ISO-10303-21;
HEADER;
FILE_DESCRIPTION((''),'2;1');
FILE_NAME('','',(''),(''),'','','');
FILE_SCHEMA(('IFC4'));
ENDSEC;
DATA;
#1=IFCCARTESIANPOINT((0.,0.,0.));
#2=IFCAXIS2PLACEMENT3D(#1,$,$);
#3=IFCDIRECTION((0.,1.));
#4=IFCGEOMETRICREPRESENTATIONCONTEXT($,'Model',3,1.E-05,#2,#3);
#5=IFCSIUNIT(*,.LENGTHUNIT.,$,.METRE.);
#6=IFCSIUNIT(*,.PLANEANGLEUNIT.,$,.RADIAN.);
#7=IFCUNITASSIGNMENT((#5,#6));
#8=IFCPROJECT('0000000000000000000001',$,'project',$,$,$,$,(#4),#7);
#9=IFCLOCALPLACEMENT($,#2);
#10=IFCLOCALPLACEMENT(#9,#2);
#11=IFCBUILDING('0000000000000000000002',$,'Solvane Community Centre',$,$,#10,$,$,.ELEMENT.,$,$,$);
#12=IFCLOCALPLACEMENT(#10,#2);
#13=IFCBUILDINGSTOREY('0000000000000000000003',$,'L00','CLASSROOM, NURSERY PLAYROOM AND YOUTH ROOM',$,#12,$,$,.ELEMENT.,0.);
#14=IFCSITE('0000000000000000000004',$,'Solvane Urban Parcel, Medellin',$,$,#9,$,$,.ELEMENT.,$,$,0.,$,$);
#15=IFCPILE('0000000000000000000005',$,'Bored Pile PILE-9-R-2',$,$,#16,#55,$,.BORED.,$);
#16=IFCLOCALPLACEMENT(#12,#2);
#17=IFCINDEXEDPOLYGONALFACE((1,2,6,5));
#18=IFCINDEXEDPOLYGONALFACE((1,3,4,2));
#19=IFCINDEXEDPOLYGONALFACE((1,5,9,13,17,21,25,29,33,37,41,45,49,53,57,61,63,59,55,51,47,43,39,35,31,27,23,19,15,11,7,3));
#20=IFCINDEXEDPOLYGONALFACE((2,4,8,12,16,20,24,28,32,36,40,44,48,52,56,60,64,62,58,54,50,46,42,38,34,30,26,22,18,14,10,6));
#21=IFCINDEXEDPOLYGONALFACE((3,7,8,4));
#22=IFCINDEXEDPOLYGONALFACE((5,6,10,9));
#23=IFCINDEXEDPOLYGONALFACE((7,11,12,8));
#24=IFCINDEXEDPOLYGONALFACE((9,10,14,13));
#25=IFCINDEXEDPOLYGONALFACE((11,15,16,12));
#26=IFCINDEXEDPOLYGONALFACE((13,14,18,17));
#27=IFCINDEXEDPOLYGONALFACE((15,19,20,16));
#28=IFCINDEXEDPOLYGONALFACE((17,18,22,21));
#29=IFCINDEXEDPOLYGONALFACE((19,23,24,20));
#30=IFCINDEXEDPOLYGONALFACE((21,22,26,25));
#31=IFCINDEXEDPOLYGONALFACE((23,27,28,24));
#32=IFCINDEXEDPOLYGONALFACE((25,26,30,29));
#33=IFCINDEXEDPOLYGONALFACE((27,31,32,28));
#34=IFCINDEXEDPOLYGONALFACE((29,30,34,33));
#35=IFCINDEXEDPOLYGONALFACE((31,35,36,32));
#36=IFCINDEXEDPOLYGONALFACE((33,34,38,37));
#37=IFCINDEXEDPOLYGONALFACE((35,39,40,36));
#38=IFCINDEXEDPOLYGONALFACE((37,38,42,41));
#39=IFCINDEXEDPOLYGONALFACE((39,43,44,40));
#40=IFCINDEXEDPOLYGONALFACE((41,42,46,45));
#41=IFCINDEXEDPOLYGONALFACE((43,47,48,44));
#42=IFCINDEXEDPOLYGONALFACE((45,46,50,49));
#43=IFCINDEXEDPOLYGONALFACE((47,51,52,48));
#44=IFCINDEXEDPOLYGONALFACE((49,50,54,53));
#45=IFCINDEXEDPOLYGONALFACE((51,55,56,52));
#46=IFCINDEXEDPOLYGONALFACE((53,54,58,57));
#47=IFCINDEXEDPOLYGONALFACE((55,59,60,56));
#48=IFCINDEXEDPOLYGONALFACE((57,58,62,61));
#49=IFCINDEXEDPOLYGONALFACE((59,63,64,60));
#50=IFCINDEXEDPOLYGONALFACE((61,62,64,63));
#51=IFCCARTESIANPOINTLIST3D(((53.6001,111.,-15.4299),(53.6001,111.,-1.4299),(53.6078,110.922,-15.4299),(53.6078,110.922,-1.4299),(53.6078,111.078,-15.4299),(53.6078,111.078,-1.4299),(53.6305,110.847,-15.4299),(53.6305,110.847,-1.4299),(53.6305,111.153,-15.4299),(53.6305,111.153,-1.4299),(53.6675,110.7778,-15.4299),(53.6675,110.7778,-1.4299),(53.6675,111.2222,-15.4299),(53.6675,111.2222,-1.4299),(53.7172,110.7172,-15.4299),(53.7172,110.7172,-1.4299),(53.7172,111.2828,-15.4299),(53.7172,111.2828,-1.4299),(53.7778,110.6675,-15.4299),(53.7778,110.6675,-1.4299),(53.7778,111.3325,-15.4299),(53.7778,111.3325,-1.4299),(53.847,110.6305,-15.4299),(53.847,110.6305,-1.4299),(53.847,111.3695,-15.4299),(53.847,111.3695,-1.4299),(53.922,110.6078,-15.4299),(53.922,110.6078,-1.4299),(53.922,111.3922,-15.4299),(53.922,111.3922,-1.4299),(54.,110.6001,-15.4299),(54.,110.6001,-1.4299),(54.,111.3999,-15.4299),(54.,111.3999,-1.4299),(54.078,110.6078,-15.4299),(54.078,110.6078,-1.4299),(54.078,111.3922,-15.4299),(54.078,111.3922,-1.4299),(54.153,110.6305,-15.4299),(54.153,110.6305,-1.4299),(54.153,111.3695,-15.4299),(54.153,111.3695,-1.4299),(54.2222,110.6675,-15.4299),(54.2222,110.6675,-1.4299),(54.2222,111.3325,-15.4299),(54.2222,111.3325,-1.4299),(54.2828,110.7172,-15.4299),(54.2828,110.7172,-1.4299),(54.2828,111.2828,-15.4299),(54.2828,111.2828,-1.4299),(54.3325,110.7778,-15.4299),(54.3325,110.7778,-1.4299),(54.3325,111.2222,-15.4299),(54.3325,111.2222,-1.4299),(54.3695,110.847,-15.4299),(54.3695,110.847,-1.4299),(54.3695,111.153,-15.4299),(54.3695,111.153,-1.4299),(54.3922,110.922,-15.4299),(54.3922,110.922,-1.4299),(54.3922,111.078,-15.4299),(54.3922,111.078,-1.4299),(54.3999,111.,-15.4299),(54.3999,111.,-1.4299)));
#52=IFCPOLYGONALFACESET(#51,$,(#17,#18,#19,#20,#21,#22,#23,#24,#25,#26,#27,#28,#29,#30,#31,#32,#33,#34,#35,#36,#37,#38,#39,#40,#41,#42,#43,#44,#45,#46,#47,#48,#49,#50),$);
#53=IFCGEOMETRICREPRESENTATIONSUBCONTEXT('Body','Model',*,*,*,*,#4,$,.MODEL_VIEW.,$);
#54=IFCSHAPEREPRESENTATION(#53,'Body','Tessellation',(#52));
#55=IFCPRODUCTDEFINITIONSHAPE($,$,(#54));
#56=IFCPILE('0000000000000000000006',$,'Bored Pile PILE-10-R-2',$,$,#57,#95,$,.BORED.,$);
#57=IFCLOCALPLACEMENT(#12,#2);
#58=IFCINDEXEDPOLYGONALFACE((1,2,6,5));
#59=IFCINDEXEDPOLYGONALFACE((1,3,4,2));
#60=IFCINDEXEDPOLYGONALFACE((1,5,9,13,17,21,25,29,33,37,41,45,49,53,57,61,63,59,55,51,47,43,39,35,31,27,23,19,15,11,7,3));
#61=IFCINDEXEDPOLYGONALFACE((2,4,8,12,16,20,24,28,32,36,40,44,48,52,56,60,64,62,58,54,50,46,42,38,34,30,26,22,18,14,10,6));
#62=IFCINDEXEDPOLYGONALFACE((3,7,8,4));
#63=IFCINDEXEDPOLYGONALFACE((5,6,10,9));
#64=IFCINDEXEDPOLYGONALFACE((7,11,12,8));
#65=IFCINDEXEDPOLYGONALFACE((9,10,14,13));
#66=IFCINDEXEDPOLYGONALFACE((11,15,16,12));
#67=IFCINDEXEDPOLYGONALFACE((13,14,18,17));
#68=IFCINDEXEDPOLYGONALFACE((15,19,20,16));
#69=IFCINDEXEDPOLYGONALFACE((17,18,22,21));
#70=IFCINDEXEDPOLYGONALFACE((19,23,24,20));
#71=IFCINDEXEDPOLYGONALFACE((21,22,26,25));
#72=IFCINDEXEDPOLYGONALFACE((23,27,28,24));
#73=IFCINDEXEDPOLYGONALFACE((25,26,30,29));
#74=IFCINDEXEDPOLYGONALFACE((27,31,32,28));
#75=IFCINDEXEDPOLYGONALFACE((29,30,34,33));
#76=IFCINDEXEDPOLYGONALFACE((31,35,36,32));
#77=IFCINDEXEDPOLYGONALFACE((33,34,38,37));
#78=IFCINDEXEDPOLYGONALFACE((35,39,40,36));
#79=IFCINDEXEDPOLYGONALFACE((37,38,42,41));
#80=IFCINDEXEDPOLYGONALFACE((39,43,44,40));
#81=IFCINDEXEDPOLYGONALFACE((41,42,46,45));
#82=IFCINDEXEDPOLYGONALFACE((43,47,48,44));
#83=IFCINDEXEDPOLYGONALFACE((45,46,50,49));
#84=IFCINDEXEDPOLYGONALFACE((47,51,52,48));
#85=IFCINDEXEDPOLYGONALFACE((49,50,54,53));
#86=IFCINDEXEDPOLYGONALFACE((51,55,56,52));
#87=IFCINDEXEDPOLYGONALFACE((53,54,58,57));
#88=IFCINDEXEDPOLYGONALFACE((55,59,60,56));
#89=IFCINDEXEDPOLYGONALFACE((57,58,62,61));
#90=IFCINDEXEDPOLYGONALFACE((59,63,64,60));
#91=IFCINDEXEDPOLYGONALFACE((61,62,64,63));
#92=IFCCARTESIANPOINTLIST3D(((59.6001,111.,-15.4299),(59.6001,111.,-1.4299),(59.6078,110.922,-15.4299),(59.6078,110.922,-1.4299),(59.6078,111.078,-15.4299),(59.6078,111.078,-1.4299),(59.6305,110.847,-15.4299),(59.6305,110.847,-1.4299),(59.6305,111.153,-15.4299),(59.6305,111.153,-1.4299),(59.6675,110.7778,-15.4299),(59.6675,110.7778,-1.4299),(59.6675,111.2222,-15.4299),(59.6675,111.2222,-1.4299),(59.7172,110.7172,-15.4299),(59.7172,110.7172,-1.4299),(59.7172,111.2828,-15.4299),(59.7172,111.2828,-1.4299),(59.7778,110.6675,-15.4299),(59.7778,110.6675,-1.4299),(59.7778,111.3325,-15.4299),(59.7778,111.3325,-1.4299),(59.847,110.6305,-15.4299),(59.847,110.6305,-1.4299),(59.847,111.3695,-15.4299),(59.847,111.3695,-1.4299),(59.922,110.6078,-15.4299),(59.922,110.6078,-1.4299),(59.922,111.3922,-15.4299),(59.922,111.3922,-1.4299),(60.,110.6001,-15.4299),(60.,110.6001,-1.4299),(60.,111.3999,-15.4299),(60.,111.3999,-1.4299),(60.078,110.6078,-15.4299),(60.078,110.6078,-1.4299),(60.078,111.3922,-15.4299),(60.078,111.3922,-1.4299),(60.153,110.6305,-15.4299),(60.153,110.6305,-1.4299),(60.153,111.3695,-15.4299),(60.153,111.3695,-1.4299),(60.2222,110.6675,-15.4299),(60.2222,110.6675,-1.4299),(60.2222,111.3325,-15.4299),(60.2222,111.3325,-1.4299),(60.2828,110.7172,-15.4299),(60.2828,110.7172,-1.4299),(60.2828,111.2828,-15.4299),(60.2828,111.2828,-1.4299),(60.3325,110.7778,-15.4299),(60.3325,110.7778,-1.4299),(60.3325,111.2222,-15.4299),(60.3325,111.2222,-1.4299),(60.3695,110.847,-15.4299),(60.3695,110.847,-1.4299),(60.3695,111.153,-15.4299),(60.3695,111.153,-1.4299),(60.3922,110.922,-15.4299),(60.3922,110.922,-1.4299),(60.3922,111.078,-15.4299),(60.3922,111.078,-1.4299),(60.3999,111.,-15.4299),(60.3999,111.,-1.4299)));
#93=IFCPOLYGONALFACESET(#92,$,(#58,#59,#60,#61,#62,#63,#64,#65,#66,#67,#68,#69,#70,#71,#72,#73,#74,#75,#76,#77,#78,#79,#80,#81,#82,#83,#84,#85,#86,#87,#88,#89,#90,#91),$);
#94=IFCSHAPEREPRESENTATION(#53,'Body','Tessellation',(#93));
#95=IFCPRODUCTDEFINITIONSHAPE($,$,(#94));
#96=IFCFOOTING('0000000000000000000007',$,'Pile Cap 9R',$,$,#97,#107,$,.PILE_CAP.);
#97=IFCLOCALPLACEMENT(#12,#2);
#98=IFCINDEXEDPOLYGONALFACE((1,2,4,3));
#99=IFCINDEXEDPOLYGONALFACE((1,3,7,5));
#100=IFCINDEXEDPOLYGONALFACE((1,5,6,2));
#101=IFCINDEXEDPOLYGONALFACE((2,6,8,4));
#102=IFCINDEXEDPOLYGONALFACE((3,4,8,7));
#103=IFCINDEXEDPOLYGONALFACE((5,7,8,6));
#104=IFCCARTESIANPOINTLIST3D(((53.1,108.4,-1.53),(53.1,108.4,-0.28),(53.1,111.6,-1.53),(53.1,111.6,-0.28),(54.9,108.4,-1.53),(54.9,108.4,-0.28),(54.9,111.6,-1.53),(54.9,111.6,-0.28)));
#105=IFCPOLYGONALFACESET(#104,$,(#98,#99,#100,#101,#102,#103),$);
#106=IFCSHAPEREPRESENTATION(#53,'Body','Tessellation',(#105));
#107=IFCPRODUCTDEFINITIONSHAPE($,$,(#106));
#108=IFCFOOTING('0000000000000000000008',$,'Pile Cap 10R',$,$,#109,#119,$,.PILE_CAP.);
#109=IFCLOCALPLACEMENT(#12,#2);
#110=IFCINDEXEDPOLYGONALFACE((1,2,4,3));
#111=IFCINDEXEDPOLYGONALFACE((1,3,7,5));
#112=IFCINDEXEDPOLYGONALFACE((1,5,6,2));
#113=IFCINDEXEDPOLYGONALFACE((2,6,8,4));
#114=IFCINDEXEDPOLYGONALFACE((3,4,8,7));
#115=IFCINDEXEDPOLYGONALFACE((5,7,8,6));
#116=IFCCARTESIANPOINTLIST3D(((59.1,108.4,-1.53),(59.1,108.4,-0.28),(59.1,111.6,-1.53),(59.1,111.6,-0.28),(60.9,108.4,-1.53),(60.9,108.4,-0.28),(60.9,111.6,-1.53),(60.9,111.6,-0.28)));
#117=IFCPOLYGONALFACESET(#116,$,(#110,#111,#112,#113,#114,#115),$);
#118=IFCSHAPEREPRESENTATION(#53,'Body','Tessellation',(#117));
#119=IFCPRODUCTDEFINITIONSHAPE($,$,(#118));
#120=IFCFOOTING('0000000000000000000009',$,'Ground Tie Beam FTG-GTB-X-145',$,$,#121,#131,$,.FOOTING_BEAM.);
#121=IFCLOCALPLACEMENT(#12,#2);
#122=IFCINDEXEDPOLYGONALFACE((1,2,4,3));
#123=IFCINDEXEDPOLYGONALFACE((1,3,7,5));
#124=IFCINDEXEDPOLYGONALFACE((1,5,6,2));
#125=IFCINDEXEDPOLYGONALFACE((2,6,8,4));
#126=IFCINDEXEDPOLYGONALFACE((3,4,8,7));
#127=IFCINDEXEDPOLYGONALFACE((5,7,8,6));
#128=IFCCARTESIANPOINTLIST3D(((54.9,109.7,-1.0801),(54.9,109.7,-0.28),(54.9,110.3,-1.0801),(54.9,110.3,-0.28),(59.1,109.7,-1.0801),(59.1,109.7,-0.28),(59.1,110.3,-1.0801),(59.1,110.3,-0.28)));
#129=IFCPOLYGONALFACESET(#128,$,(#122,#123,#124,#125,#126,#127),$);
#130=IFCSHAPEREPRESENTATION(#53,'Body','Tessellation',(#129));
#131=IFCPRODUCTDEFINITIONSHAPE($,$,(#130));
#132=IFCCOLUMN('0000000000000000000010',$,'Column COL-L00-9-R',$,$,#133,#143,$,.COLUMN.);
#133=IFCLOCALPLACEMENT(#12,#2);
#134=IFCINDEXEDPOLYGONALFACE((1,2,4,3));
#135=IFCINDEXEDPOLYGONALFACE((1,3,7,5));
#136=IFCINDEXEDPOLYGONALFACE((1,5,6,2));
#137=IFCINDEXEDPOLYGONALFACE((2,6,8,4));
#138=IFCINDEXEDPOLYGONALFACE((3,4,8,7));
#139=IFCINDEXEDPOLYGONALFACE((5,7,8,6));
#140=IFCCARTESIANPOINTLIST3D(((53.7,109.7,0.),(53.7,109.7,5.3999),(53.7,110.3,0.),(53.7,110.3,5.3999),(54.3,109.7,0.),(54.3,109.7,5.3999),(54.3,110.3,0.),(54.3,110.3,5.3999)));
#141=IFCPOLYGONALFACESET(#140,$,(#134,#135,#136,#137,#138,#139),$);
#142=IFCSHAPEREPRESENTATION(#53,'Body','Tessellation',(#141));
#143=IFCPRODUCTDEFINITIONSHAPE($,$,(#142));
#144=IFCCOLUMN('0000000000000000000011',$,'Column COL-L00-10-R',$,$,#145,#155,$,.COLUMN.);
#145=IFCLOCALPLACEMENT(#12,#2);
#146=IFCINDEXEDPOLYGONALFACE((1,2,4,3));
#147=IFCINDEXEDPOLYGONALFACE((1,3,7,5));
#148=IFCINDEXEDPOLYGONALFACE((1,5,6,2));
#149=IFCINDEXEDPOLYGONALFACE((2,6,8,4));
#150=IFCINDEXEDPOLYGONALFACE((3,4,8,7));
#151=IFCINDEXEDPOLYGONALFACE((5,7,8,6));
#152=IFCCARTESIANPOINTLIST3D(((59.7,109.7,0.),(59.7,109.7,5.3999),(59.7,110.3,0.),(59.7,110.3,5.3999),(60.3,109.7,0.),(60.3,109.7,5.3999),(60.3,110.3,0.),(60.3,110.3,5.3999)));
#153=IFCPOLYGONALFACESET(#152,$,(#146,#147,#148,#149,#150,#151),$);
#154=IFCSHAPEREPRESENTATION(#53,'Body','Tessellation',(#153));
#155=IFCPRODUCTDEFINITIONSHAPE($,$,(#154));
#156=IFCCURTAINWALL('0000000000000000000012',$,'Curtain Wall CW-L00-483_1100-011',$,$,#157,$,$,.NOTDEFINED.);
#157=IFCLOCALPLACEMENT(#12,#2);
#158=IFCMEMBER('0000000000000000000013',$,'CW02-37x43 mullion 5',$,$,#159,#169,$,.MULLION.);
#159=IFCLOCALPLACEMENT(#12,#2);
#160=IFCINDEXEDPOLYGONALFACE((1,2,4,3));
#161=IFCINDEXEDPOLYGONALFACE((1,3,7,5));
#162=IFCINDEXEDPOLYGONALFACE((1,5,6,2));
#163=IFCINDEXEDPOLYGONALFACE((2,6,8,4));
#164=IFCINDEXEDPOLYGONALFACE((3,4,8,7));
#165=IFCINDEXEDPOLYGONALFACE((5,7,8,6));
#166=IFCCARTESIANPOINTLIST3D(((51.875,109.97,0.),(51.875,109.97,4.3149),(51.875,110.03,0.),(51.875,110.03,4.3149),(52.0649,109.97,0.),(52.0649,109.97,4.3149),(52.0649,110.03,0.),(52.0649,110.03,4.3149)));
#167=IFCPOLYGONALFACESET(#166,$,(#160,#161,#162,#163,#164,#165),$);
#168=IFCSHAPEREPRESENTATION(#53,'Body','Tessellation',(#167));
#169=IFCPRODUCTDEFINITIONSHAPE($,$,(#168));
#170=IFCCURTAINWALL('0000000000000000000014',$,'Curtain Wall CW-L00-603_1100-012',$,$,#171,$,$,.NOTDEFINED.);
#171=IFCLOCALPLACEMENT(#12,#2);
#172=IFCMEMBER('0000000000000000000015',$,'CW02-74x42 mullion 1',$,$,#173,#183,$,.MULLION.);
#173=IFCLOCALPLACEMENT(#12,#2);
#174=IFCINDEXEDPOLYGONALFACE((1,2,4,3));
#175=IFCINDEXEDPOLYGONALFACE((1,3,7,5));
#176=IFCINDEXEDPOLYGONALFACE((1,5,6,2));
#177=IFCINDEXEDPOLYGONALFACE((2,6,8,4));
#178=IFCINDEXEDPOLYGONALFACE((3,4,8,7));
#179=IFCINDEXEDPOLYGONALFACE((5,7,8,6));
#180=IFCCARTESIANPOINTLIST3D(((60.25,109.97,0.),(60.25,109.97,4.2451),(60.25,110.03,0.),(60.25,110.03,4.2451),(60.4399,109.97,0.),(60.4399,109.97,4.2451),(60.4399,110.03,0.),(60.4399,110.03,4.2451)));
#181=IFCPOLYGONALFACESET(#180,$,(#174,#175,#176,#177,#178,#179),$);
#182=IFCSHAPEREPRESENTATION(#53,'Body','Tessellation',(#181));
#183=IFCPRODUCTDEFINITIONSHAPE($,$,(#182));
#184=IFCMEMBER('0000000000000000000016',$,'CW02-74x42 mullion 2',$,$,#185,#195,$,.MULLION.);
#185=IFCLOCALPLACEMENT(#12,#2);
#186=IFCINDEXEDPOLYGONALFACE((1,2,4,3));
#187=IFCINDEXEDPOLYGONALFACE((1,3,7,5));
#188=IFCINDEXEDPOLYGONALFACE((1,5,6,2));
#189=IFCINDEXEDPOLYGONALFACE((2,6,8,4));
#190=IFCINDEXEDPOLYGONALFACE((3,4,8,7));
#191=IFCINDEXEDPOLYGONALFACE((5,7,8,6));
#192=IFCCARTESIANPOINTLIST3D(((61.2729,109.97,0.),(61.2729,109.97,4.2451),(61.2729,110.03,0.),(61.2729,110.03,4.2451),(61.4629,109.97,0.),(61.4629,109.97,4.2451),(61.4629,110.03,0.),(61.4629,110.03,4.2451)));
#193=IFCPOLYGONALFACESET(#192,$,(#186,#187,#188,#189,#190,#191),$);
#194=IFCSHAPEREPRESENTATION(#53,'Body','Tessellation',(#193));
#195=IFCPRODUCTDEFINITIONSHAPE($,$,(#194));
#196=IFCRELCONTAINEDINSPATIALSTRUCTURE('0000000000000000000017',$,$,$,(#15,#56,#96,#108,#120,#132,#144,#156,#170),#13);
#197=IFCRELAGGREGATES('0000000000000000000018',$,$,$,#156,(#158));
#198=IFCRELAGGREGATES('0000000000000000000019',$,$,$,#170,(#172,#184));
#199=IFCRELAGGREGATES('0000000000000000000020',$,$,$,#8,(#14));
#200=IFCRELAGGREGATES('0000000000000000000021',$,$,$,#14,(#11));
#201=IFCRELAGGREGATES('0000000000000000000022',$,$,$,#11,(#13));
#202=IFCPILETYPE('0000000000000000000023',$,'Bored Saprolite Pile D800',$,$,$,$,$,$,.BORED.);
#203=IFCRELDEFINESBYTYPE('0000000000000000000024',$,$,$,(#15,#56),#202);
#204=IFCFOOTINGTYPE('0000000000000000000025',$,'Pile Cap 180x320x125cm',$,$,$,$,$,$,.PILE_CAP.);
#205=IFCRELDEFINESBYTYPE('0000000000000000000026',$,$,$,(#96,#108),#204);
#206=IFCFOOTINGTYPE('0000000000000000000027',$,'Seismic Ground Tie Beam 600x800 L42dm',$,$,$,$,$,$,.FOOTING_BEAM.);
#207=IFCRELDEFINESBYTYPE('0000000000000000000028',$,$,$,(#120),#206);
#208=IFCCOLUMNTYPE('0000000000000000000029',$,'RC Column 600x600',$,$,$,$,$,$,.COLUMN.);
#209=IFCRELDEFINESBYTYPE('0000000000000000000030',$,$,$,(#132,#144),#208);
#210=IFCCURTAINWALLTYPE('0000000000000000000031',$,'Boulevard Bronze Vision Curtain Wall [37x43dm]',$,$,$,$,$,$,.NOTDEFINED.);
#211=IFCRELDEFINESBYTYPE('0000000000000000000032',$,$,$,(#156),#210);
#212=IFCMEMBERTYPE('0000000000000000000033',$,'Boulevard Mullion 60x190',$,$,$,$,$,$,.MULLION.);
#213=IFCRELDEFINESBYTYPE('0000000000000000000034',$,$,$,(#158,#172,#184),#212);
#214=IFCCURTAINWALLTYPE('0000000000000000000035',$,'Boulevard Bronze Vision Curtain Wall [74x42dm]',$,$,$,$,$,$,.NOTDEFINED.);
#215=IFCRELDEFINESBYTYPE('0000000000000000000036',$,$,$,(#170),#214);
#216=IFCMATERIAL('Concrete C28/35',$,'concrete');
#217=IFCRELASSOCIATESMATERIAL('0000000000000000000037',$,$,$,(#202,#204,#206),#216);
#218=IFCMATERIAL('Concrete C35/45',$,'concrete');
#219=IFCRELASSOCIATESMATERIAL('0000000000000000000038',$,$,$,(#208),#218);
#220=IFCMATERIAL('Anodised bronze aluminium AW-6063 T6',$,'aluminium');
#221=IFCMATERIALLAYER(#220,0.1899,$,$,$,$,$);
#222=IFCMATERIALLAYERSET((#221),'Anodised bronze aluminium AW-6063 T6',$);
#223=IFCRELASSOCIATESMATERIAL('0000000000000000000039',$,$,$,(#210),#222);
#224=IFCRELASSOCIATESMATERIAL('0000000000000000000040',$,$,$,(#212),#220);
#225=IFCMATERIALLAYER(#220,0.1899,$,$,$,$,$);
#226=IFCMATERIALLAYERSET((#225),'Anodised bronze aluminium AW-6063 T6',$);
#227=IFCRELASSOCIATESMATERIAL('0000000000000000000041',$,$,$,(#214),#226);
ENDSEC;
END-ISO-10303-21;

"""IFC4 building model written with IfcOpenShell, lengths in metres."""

from ifc_helpers import new_model, si_unit, direction, frame, origin, origin_2d, place, context, subcontext, project, spatial, rectangle, circle, extrude, material, layer, layer_set, material_profile, profile_set, type_object, element, aggregate, save


model = new_model("IFC4")

# Units and contexts
model_context = context("Model", 3, precision=1e-05, world=origin(), true_north=direction((0.0, 1.0)))
body_context = subcontext(model_context, "Body", "Model", "MODEL_VIEW")
ifc_project = project(units=[si_unit("LENGTHUNIT", "METRE"), si_unit("PLANEANGLEUNIT", "RADIAN")], contexts=[model_context])

# Site, building, storey
site_placement = place(None, origin())
site = spatial("IfcSite", under=ifc_project, at=site_placement, Name="Solvane Urban Parcel, Medellin", CompositionType="ELEMENT", RefElevation=0.0)
building_placement = place(site_placement, origin())
building = spatial("IfcBuilding", under=site, at=building_placement, Name="Solvane Community Centre", CompositionType="ELEMENT")
storey_placement = place(building_placement, origin())
storey = spatial("IfcBuildingStorey", under=building, at=storey_placement, Name="L00", Description="CLASSROOM, NURSERY PLAYROOM AND YOUTH ROOM", CompositionType="ELEMENT", Elevation=0.0)

# Piles
ifc_material_1 = material(Name="Concrete C28/35", Category="concrete")
ifc_material_profile_1 = material_profile(ifc_material_1, circle(Radius=0.3999, at=origin_2d()), Name="PILE D800")
ifc_profile_set_1 = profile_set([ifc_material_profile_1], Name="Concrete C28/35")
pile_type = type_object("IfcPileType", Name="Bored Saprolite Pile D800", PredefinedType="BORED", material=ifc_profile_set_1)
for number, where, z_axis, x_axis, name in (
    (1, (54.0, 111.0, -1.4299), (0.0, 0.0, -1.0), (1.0, 0.0, 0.0), "Bored Pile PILE-9-R-2"),
    (2, (60.0, 111.0, -1.4299), (0.0, 0.0, -1.0), (1.0, 0.0, 0.0), "Bored Pile PILE-10-R-2"),
):
    element("IfcPile", number, at=place(storey_placement, frame(where, z_axis=z_axis, x_axis=x_axis)), inside=storey, type_object=pile_type, Name=name, PredefinedType="BORED", context=body_context, shape_type="SweptSolid", body=[
        extrude(circle(Radius=0.3999, at=origin_2d()), origin(), (0.0, 0.0, 1.0), 14.0),
    ])

# Footings
footing_type_1 = type_object("IfcFootingType", Name="Pile Cap 180x320x125cm", PredefinedType="PILE_CAP", material=ifc_material_1)
for number, where, z_axis, x_axis, name in (
    (3, (54.0, 110.0, -1.53), (0.0, 0.0, 1.0), (1.0, 0.0, 0.0), "Pile Cap 9R"),
    (4, (60.0, 110.0, -1.53), (0.0, 0.0, 1.0), (1.0, 0.0, 0.0), "Pile Cap 10R"),
):
    element("IfcFooting", number, at=place(storey_placement, frame(where, z_axis=z_axis, x_axis=x_axis)), inside=storey, type_object=footing_type_1, Name=name, PredefinedType="PILE_CAP", context=body_context, shape_type="SweptSolid", body=[
        extrude(rectangle(XDim=1.8, YDim=3.2, at=origin_2d()), origin(), (0.0, 0.0, 1.0), 1.25),
    ])
footing_type_2 = type_object("IfcFootingType", Name="Seismic Ground Tie Beam 600x800 L42dm", PredefinedType="FOOTING_BEAM", material=ifc_material_1)
footing_placement = place(storey_placement, frame((57.0, 110.0, -1.0801), z_axis=(0.0, 0.0, 1.0), x_axis=(1.0, 0.0, 0.0)))
element("IfcFooting", 5, at=footing_placement, inside=storey, type_object=footing_type_2, Name="Ground Tie Beam FTG-GTB-X-145", PredefinedType="FOOTING_BEAM", context=body_context, shape_type="SweptSolid", body=[
    extrude(rectangle(XDim=4.2, YDim=0.6001, at=origin_2d()), origin(), (0.0, 0.0, 1.0), 0.8),
])

# Columns
ifc_material_2 = material(Name="Concrete C35/45", Category="concrete")
ifc_material_profile_2 = material_profile(ifc_material_2, rectangle(XDim=0.6001, YDim=0.6001, at=origin_2d()), Name="RC 600x600")
ifc_profile_set_2 = profile_set([ifc_material_profile_2], Name="Concrete C35/45")
column_type = type_object("IfcColumnType", Name="RC Column 600x600", PredefinedType="COLUMN", material=ifc_profile_set_2)
for number, where, z_axis, x_axis, name in (
    (6, (54.0, 110.0, 0.0), (0.0, 0.0, 1.0), (1.0, 0.0, 0.0), "Column COL-L00-9-R"),
    (7, (60.0, 110.0, 0.0), (0.0, 0.0, 1.0), (1.0, 0.0, 0.0), "Column COL-L00-10-R"),
):
    element("IfcColumn", number, at=place(storey_placement, frame(where, z_axis=z_axis, x_axis=x_axis)), inside=storey, type_object=column_type, Name=name, PredefinedType="COLUMN", context=body_context, shape_type="SweptSolid", body=[
        extrude(rectangle(XDim=0.6001, YDim=0.6001, at=origin_2d()), origin(), (0.0, 0.0, 1.0), 5.3999),
    ])

# Curtain wall, member
ifc_material_3 = material(Name="Anodised bronze aluminium AW-6063 T6", Category="aluminium")
ifc_layer_1 = layer(ifc_material_3, 0.1899)
ifc_layer_set_1 = layer_set([ifc_layer_1], Name="Anodised bronze aluminium AW-6063 T6")
curtain_wall_type_1 = type_object("IfcCurtainWallType", Name="Boulevard Bronze Vision Curtain Wall [37x43dm]", PredefinedType="NOTDEFINED", material=ifc_layer_set_1)
curtain_wall_1_placement = place(storey_placement, origin())
curtain_wall_1 = element("IfcCurtainWall", 8, at=curtain_wall_1_placement, inside=storey, type_object=curtain_wall_type_1, Name="Curtain Wall CW-L00-483_1100-011", PredefinedType="NOTDEFINED")
ifc_material_profile_3 = material_profile(ifc_material_3, rectangle(XDim=0.0601, YDim=0.1899, at=origin_2d()), Name="CW-M 60x190")
ifc_profile_set_3 = profile_set([ifc_material_profile_3], Name="Anodised bronze aluminium AW-6063 T6")
member_type_1 = type_object("IfcMemberType", Name="Boulevard Mullion 60x190", PredefinedType="MULLION", material=ifc_profile_set_3)
member_1_placement = place(storey_placement, frame((51.97, 110.0, 0.0), z_axis=(0.0, 0.0, 1.0), x_axis=(0.0, 1.0, 0.0)))
member_1 = element("IfcMember", 9, at=member_1_placement, type_object=member_type_1, Name="CW02-37x43 mullion 5", PredefinedType="MULLION", context=body_context, shape_type="SweptSolid", body=[
    extrude(rectangle(XDim=0.0601, YDim=0.1899, at=origin_2d()), origin(), (0.0, 0.0, 1.0), 4.3149),
])
aggregate(curtain_wall_1, [member_1])

# Curtain wall, members
ifc_layer_2 = layer(ifc_material_3, 0.1899)
ifc_layer_set_2 = layer_set([ifc_layer_2], Name="Anodised bronze aluminium AW-6063 T6")
curtain_wall_type_2 = type_object("IfcCurtainWallType", Name="Boulevard Bronze Vision Curtain Wall [74x42dm]", PredefinedType="NOTDEFINED", material=ifc_layer_set_2)
curtain_wall_2_placement = place(storey_placement, origin())
curtain_wall_2 = element("IfcCurtainWall", 10, at=curtain_wall_2_placement, inside=storey, type_object=curtain_wall_type_2, Name="Curtain Wall CW-L00-603_1100-012", PredefinedType="NOTDEFINED")
member_2_placement = place(storey_placement, frame((60.345, 110.0, 0.0), z_axis=(0.0, 0.0, 1.0), x_axis=(0.0, 1.0, 0.0)))
member_2 = element("IfcMember", 11, at=member_2_placement, type_object=member_type_1, Name="CW02-74x42 mullion 1", PredefinedType="MULLION", context=body_context, shape_type="SweptSolid", body=[
    extrude(rectangle(XDim=0.0601, YDim=0.1899, at=origin_2d()), origin(), (0.0, 0.0, 1.0), 4.2451),
])
member_3_placement = place(storey_placement, frame((61.3679, 110.0, 0.0), z_axis=(0.0, 0.0, 1.0), x_axis=(0.0, 1.0, 0.0)))
member_3 = element("IfcMember", 12, at=member_3_placement, type_object=member_type_1, Name="CW02-74x42 mullion 2", PredefinedType="MULLION", context=body_context, shape_type="SweptSolid", body=[
    extrude(rectangle(XDim=0.0601, YDim=0.1899, at=origin_2d()), origin(), (0.0, 0.0, 1.0), 4.2451),
])

aggregate(curtain_wall_2, [member_2, member_3])

save(model, "model.ifc")
